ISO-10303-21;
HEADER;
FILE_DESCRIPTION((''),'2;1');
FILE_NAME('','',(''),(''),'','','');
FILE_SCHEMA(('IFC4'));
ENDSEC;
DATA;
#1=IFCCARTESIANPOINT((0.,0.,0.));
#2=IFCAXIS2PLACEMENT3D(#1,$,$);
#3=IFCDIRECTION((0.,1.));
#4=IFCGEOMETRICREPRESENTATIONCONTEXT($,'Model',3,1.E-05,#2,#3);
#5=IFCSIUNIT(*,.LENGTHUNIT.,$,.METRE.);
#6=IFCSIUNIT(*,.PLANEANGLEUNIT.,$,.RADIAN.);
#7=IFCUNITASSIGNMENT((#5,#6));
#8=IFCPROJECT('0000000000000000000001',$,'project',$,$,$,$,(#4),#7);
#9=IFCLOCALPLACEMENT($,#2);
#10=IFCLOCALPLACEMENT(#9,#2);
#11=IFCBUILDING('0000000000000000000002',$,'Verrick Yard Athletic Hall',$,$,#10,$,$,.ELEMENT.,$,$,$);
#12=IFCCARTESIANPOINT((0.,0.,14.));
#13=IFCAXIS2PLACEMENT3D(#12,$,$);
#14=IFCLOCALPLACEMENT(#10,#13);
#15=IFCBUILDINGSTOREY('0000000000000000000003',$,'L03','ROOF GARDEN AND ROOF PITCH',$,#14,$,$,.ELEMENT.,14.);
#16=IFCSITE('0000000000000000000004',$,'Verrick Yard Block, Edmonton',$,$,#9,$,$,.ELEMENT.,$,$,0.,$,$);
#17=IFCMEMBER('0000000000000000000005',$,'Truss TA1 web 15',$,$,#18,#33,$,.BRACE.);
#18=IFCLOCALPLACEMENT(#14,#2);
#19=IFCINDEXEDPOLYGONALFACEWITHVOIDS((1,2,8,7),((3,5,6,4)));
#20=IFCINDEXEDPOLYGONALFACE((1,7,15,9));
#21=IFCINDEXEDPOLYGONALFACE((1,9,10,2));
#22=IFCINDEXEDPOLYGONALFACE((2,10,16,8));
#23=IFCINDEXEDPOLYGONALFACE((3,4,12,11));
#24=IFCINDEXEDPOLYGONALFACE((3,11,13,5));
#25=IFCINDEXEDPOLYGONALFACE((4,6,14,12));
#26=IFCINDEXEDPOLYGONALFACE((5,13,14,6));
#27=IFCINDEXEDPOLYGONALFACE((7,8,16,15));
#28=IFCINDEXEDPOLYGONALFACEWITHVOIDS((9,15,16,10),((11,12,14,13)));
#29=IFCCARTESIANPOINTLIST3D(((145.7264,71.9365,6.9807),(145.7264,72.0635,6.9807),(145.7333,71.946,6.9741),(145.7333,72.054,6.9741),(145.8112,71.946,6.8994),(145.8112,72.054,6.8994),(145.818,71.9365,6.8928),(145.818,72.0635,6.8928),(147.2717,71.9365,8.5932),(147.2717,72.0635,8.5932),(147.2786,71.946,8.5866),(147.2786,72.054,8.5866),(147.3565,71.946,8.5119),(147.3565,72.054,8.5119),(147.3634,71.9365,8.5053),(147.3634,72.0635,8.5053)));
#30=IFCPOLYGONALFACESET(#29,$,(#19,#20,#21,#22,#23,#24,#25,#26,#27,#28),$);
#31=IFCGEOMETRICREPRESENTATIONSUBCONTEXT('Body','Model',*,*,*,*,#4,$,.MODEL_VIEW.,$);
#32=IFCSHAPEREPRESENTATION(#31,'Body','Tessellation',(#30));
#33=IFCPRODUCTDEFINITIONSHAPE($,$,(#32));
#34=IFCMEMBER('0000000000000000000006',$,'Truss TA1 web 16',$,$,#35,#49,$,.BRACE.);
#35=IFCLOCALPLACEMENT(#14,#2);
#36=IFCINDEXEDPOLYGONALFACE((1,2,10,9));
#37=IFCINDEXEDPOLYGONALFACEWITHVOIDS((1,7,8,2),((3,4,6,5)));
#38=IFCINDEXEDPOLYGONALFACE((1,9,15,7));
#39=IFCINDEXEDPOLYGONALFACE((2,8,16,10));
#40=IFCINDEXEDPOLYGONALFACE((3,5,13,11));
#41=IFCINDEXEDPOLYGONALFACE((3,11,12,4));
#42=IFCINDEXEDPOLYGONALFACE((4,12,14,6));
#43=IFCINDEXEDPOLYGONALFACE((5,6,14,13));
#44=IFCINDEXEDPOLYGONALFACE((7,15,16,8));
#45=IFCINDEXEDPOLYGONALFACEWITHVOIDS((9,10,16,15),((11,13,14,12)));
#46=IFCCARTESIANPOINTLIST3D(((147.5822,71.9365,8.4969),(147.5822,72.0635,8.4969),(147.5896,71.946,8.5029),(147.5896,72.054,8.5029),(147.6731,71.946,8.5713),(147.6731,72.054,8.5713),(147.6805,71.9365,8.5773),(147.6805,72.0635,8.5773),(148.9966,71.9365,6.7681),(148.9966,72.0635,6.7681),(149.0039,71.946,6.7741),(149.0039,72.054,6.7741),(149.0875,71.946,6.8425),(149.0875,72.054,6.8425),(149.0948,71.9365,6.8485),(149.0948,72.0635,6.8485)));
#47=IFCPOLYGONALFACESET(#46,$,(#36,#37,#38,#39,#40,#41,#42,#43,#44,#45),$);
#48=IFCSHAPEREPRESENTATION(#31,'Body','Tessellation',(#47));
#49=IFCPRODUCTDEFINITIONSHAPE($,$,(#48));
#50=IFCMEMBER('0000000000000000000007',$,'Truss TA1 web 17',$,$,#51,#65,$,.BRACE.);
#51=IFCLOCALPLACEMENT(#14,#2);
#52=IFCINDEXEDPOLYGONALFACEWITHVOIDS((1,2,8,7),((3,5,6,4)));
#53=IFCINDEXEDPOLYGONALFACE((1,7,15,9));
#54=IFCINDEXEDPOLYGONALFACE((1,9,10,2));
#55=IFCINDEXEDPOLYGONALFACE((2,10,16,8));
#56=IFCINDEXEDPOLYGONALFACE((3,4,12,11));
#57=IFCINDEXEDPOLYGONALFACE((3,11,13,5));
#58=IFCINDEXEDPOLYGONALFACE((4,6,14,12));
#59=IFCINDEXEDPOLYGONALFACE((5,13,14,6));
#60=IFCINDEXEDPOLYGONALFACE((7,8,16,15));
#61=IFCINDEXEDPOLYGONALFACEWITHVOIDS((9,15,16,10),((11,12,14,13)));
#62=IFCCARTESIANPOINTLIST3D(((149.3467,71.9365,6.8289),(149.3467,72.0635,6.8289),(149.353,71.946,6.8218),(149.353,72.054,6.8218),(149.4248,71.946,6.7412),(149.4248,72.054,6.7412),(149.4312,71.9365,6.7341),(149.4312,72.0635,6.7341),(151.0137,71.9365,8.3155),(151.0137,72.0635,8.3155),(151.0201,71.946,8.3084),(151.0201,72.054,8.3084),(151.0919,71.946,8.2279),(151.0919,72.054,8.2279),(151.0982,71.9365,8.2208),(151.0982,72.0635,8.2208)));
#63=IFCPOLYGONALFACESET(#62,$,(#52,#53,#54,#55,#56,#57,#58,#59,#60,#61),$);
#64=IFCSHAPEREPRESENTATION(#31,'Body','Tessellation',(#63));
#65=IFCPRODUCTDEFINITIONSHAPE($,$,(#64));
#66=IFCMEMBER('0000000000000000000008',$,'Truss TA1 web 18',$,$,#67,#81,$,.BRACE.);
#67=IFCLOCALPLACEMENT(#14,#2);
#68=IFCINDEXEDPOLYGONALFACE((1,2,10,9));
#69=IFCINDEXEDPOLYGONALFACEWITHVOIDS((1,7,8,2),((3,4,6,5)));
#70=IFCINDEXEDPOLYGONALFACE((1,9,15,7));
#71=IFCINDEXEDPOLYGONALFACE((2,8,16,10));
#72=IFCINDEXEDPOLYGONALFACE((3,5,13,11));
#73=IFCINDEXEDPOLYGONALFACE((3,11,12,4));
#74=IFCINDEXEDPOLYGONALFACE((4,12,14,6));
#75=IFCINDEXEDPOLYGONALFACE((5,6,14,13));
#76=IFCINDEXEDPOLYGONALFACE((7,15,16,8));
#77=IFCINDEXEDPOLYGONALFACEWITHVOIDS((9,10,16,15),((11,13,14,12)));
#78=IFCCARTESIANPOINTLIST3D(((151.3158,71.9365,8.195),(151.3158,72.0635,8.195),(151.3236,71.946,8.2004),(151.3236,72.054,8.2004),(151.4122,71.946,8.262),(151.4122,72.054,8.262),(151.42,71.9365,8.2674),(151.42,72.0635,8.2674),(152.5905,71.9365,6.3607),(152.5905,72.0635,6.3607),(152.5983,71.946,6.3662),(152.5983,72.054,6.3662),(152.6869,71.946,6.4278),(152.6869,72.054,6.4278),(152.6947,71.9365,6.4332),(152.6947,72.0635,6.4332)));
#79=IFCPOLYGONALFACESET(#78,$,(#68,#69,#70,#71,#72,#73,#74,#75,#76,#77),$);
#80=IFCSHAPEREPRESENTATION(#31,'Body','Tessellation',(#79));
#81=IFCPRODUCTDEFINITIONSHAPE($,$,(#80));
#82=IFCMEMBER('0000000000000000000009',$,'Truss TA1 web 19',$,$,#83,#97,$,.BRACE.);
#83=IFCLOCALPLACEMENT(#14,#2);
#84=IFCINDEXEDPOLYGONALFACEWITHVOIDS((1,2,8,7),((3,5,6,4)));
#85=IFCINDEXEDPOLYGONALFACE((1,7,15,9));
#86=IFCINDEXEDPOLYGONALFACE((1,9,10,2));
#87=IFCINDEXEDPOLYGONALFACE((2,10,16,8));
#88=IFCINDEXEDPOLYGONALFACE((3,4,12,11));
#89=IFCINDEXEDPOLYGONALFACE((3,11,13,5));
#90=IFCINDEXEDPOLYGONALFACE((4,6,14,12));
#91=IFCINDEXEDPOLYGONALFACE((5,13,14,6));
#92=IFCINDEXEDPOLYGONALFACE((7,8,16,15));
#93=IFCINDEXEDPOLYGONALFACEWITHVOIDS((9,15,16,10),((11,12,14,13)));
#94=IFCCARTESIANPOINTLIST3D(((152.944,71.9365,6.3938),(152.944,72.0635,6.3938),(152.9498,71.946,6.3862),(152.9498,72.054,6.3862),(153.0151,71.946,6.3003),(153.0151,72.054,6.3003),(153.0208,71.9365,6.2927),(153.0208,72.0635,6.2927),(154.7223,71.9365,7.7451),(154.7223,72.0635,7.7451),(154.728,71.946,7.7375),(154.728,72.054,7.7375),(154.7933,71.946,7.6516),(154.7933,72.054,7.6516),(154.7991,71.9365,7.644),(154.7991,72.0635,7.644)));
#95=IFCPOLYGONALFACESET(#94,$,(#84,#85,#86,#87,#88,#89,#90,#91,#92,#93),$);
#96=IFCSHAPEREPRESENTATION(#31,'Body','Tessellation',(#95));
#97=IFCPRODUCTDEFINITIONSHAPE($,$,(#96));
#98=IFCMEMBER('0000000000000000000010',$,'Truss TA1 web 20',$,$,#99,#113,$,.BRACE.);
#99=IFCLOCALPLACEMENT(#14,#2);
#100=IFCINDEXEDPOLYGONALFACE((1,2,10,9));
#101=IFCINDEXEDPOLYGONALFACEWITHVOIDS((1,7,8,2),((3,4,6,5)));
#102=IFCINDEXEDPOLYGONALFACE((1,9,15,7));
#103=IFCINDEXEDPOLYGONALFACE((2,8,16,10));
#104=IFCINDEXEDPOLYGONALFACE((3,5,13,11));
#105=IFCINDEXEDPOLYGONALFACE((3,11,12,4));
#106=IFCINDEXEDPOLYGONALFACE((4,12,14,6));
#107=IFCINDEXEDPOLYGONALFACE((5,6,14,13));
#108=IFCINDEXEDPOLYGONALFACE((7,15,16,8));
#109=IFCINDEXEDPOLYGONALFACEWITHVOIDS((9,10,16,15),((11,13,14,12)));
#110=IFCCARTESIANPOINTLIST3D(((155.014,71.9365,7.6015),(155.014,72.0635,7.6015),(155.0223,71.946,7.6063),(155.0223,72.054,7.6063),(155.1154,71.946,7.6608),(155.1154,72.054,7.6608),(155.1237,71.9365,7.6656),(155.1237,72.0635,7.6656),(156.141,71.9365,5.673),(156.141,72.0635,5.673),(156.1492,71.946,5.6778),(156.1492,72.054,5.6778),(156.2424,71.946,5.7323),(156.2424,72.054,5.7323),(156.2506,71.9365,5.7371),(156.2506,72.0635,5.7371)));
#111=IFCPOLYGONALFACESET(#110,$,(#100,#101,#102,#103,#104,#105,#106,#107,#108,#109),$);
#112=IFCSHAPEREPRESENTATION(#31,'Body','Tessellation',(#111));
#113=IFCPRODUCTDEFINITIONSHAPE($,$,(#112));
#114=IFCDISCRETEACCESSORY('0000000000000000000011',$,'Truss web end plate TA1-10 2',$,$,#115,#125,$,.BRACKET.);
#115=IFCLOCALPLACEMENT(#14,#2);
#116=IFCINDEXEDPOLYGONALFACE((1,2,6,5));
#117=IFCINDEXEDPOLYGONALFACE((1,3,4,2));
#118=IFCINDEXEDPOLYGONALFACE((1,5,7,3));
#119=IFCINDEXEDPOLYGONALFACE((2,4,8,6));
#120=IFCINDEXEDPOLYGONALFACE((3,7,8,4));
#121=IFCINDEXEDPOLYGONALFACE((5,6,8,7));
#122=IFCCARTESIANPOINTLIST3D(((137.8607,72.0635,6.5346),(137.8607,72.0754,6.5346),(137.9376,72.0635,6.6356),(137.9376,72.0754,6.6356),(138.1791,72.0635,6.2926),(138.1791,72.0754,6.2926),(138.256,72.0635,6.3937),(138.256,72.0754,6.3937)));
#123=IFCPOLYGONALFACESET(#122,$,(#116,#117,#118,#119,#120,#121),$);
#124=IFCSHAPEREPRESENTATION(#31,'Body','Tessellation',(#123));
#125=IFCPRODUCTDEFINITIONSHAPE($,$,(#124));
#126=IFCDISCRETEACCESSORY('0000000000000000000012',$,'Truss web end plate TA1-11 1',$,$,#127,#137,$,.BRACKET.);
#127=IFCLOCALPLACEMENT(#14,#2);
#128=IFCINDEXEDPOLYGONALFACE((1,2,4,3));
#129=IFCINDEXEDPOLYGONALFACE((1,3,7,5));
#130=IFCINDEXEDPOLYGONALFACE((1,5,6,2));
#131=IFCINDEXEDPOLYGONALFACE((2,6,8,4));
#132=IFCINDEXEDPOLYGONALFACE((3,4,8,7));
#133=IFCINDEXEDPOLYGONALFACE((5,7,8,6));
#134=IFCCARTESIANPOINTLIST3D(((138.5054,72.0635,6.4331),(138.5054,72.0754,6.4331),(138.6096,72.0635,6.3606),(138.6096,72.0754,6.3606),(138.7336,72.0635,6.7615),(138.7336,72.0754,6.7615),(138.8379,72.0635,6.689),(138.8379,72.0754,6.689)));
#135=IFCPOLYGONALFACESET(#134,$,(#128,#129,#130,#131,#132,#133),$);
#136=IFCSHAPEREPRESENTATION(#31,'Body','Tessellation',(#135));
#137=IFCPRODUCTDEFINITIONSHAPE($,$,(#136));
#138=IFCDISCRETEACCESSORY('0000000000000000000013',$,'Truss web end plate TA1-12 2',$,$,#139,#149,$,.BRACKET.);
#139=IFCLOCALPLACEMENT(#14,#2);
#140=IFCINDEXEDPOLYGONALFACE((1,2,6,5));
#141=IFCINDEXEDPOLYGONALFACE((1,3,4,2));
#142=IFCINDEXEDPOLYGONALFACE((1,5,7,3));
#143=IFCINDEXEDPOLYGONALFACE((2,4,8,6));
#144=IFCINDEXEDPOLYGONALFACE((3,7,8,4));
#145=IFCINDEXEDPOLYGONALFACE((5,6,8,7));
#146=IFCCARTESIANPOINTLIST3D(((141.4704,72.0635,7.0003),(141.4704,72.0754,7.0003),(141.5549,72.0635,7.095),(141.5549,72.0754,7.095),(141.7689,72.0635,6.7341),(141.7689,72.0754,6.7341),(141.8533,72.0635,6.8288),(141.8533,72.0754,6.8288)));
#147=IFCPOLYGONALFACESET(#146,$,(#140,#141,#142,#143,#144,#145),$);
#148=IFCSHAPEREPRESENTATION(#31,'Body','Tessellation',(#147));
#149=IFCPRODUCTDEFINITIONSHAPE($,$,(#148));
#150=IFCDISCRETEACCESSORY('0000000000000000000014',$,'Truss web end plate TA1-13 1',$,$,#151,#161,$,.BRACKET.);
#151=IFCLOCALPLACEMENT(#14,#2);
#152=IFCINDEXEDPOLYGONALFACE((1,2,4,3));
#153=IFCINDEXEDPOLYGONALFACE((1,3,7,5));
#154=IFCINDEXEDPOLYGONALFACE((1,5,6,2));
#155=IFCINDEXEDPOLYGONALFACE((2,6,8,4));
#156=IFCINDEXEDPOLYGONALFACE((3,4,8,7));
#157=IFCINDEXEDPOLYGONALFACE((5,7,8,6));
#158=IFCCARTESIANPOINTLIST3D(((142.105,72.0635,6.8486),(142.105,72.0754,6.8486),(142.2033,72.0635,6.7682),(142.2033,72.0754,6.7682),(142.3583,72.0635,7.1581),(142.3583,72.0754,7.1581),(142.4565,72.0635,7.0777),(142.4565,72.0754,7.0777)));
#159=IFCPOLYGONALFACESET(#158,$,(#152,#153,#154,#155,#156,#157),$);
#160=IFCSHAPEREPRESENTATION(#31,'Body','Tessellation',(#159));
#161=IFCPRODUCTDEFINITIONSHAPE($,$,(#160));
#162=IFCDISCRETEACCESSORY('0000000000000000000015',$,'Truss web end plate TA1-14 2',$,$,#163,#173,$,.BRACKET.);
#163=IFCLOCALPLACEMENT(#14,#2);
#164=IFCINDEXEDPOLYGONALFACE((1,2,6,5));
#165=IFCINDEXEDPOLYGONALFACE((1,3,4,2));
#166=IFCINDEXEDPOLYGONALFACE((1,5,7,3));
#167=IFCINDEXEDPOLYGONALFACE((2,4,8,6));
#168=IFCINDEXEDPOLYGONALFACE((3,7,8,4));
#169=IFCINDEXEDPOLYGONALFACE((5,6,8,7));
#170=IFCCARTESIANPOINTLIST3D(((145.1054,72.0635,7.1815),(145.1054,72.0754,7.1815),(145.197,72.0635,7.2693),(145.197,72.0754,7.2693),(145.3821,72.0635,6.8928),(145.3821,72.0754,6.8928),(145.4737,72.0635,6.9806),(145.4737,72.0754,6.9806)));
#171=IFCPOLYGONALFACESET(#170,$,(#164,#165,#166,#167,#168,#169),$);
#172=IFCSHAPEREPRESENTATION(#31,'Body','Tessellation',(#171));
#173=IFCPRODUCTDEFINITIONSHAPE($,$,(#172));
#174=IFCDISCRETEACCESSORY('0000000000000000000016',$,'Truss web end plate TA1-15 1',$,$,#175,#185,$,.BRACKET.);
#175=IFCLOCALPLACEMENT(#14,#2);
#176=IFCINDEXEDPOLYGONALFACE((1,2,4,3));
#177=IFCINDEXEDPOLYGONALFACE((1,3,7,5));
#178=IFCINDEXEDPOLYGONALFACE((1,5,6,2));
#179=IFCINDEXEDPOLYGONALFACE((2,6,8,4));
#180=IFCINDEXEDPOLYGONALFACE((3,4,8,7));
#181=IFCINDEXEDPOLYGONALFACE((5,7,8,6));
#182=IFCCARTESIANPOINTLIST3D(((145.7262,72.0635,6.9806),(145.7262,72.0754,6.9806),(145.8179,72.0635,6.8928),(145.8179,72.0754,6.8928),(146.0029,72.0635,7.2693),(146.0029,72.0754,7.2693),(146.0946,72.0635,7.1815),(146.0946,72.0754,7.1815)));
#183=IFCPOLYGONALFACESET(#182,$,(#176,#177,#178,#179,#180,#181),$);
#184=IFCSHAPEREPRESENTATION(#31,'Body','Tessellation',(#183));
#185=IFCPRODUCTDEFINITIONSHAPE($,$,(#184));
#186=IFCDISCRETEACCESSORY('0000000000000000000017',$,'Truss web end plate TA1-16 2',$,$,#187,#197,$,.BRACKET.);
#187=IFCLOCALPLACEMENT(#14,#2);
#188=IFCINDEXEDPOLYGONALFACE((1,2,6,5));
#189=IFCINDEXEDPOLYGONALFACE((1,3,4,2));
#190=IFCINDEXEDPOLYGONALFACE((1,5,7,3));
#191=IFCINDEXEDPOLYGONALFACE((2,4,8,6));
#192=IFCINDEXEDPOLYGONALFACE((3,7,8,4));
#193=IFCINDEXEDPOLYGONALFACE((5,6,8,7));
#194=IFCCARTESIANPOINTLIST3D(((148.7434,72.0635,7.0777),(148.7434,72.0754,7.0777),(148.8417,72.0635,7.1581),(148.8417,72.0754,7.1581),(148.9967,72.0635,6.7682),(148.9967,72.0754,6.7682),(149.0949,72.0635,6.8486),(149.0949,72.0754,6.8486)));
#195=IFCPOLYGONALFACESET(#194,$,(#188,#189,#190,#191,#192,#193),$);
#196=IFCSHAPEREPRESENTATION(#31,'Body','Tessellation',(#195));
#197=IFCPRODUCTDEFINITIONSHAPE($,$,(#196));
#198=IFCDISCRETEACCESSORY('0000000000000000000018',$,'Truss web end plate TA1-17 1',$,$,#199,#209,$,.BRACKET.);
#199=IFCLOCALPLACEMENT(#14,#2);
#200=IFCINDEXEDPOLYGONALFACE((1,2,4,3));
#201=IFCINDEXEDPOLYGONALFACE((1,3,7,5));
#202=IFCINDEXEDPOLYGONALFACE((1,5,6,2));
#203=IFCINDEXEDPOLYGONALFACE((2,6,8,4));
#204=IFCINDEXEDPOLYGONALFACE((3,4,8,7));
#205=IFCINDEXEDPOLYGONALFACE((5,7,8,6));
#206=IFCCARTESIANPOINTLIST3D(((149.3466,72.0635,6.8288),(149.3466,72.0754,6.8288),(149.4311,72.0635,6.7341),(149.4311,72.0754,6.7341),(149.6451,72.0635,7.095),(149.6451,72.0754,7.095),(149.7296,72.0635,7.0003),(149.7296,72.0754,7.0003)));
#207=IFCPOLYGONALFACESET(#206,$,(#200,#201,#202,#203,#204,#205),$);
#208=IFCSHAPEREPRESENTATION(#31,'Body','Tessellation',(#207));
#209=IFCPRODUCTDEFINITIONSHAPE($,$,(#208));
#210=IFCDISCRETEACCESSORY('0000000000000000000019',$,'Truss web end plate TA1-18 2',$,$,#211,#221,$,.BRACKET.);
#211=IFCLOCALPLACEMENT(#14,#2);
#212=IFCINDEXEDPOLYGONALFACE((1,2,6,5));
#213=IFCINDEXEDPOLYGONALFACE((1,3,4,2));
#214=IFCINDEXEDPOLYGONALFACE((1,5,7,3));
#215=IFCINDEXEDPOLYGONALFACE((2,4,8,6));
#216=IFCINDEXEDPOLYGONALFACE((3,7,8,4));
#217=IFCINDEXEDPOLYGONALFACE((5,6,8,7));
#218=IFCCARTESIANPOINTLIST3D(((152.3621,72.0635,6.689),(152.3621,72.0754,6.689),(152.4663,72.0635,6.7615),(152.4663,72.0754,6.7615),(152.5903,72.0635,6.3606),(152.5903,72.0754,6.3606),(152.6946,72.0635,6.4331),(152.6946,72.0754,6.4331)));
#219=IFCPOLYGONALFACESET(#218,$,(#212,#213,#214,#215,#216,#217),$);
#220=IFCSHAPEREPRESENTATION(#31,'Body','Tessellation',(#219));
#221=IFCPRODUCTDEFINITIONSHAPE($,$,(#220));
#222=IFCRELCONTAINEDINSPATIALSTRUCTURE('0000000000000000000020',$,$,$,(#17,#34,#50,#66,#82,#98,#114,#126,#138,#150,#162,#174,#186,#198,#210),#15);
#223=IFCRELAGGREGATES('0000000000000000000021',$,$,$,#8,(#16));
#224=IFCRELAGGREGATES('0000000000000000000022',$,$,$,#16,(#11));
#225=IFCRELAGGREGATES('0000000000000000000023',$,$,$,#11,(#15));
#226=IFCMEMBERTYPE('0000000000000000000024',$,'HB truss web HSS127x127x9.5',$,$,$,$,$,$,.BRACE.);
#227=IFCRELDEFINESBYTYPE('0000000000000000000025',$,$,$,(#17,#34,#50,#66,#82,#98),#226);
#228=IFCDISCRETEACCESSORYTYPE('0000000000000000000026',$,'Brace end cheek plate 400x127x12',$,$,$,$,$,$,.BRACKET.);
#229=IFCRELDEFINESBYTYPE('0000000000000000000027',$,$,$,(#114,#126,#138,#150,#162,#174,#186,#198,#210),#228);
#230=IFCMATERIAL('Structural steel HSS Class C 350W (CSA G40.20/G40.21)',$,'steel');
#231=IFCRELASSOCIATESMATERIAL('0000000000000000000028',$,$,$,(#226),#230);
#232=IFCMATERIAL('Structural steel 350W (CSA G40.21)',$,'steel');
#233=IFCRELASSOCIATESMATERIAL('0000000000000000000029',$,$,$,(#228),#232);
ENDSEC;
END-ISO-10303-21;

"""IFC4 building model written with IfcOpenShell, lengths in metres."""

from ifc_helpers import new_model, si_unit, direction, frame, origin, origin_2d, place, context, subcontext, project, spatial, rectangle, hollow_rectangle, extrude, material, material_profile, profile_set, type_object, element, save


model = new_model("IFC4")

# Units and contexts
model_context = context("Model", 3, precision=1e-05, world=origin(), true_north=direction((0.0, 1.0)))
body_context = subcontext(model_context, "Body", "Model", "MODEL_VIEW")
ifc_project = project(units=[si_unit("LENGTHUNIT", "METRE"), si_unit("PLANEANGLEUNIT", "RADIAN")], contexts=[model_context])

# Site, building, storey
site_placement = place(None, origin())
site = spatial("IfcSite", under=ifc_project, at=site_placement, Name="Verrick Yard Block, Edmonton", CompositionType="ELEMENT", RefElevation=0.0)
building_placement = place(site_placement, origin())
building = spatial("IfcBuilding", under=site, at=building_placement, Name="Verrick Yard Athletic Hall", CompositionType="ELEMENT")
storey_placement = place(building_placement, frame((0.0, 0.0, 14.0)))
storey = spatial("IfcBuildingStorey", under=building, at=storey_placement, Name="L03", Description="ROOF GARDEN AND ROOF PITCH", CompositionType="ELEMENT", Elevation=14.0)

# Members
ifc_material_1 = material(Name="Structural steel HSS Class C 350W (CSA G40.20/G40.21)", Category="steel")
ifc_material_profile_1 = material_profile(ifc_material_1, hollow_rectangle(XDim=0.127, YDim=0.127, WallThickness=0.0095, at=origin_2d()), Name="HSS127x127x9.5")
ifc_profile_set_1 = profile_set([ifc_material_profile_1], Name="Structural steel HSS Class C 350W (CSA G40.20/G40.21)")
member_type_1 = type_object("IfcMemberType", Name="HB truss web HSS127x127x9.5", PredefinedType="BRACE", material=ifc_profile_set_1)
member_1_placement = place(storey_placement, frame((145.7722, 72.0, 6.9368), z_axis=(0.691917, 0.0, 0.721977), x_axis=(0.0, 1.0, 0.0)))
element("IfcMember", 1, at=member_1_placement, inside=storey, type_object=member_type_1, Name="Truss TA1 web 15", PredefinedType="BRACE", context=body_context, shape_type="SweptSolid", body=[
    extrude(hollow_rectangle(XDim=0.127, YDim=0.127, WallThickness=0.0095, at=origin_2d()), origin(), (0.0, 0.0, 1.0), 2.2334),
])
for number, where, z_axis, x_axis, name in (
    (2, (147.6313, 72.0, 8.5371), (0.633202, 0.0, -0.773987), (0.0, 1.0, 0.0), "Truss TA1 web 16"),
    (3, (149.3889, 72.0, 6.7815), (0.746341, 0.0, 0.665564), (0.0, 1.0, 0.0), "Truss TA1 web 17"),
    (4, (151.3679, 72.0, 8.2312), (0.570664, 0.0, -0.821184), (0.0, 1.0, 0.0), "Truss TA1 web 18"),
):
    element("IfcMember", number, at=place(storey_placement, frame(where, z_axis=z_axis, x_axis=x_axis)), inside=storey, type_object=member_type_1, Name=name, PredefinedType="BRACE", context=body_context, shape_type="SweptSolid", body=[
        extrude(hollow_rectangle(XDim=0.127, YDim=0.127, WallThickness=0.0095, at=origin_2d()), origin(), (0.0, 0.0, 1.0), 2.2336),
    ])
member_2_placement = place(storey_placement, frame((152.9824, 72.0, 6.3433), z_axis=(0.796206, 0.0, 0.605025), x_axis=(0.0, 1.0, 0.0)))
element("IfcMember", 5, at=member_2_placement, inside=storey, type_object=member_type_1, Name="Truss TA1 web 19", PredefinedType="BRACE", context=body_context, shape_type="SweptSolid", body=[
    extrude(hollow_rectangle(XDim=0.127, YDim=0.127, WallThickness=0.0095, at=origin_2d()), origin(), (0.0, 0.0, 1.0), 2.2334),
])
member_3_placement = place(storey_placement, frame((155.0688, 72.0, 7.6335), z_axis=(0.504544, 0.0, -0.863386), x_axis=(0.0, 1.0, 0.0)))
element("IfcMember", 6, at=member_3_placement, inside=storey, type_object=member_type_1, Name="Truss TA1 web 20", PredefinedType="BRACE", context=body_context, shape_type="SweptSolid", body=[
    extrude(hollow_rectangle(XDim=0.127, YDim=0.127, WallThickness=0.0095, at=origin_2d()), origin(), (0.0, 0.0, 1.0), 2.2336),
])

# Discrete accessories
ifc_material_2 = material(Name="Structural steel 350W (CSA G40.21)", Category="steel")
ifc_material_profile_2 = material_profile(ifc_material_2, rectangle(XDim=0.3999, YDim=0.127, at=origin_2d()), Name="Brace end cheek plate")
ifc_profile_set_2 = profile_set([ifc_material_profile_2], Name="Structural steel 350W (CSA G40.21)")
discrete_accessory_type = type_object("IfcDiscreteAccessoryType", Name="Brace end cheek plate 400x127x12", PredefinedType="BRACKET", material=ifc_profile_set_2)
for number, where, z_axis, x_axis, name in (
    (7, (138.0583, 72.0635, 6.4641), (0.0, 1.0, 0.0), (-0.796193, 0.0, 0.605042), "Truss web end plate TA1-10 2"),
    (8, (138.6716, 72.0635, 6.561), (0.0, 1.0, 0.0), (0.570674, 0.0, 0.821176), "Truss web end plate TA1-11 1"),
    (9, (141.6619, 72.0635, 6.9146), (0.0, 1.0, 0.0), (-0.746352, 0.0, 0.665551), "Truss web end plate TA1-12 2"),
    (10, (142.2808, 72.0635, 6.9631), (0.0, 1.0, 0.0), (0.633246, 0.0, 0.773951), "Truss web end plate TA1-13 1"),
    (11, (145.2896, 72.0635, 7.0811), (0.0, 1.0, 0.0), (-0.691925, 0.0, 0.721969), "Truss web end plate TA1-14 2"),
    (12, (145.9104, 72.0635, 7.0811), (0.0, 1.0, 0.0), (0.691925, 0.0, 0.721969), "Truss web end plate TA1-15 1"),
    (13, (148.9192, 72.0635, 6.9631), (0.0, 1.0, 0.0), (-0.633246, 0.0, 0.773951), "Truss web end plate TA1-16 2"),
    (14, (149.5381, 72.0635, 6.9146), (0.0, 1.0, 0.0), (0.746352, 0.0, 0.665551), "Truss web end plate TA1-17 1"),
    (15, (152.5283, 72.0635, 6.561), (0.0, 1.0, 0.0), (-0.570674, 0.0, 0.821176), "Truss web end plate TA1-18 2"),
):
    element("IfcDiscreteAccessory", number, at=place(storey_placement, frame(where, z_axis=z_axis, x_axis=x_axis)), inside=storey, type_object=discrete_accessory_type, Name=name, PredefinedType="BRACKET", context=body_context, shape_type="SweptSolid", body=[
        extrude(rectangle(XDim=0.3999, YDim=0.127, at=origin_2d()), origin(), (0.0, 0.0, 1.0), 0.012),
    ])

save(model, "model.ifc")
